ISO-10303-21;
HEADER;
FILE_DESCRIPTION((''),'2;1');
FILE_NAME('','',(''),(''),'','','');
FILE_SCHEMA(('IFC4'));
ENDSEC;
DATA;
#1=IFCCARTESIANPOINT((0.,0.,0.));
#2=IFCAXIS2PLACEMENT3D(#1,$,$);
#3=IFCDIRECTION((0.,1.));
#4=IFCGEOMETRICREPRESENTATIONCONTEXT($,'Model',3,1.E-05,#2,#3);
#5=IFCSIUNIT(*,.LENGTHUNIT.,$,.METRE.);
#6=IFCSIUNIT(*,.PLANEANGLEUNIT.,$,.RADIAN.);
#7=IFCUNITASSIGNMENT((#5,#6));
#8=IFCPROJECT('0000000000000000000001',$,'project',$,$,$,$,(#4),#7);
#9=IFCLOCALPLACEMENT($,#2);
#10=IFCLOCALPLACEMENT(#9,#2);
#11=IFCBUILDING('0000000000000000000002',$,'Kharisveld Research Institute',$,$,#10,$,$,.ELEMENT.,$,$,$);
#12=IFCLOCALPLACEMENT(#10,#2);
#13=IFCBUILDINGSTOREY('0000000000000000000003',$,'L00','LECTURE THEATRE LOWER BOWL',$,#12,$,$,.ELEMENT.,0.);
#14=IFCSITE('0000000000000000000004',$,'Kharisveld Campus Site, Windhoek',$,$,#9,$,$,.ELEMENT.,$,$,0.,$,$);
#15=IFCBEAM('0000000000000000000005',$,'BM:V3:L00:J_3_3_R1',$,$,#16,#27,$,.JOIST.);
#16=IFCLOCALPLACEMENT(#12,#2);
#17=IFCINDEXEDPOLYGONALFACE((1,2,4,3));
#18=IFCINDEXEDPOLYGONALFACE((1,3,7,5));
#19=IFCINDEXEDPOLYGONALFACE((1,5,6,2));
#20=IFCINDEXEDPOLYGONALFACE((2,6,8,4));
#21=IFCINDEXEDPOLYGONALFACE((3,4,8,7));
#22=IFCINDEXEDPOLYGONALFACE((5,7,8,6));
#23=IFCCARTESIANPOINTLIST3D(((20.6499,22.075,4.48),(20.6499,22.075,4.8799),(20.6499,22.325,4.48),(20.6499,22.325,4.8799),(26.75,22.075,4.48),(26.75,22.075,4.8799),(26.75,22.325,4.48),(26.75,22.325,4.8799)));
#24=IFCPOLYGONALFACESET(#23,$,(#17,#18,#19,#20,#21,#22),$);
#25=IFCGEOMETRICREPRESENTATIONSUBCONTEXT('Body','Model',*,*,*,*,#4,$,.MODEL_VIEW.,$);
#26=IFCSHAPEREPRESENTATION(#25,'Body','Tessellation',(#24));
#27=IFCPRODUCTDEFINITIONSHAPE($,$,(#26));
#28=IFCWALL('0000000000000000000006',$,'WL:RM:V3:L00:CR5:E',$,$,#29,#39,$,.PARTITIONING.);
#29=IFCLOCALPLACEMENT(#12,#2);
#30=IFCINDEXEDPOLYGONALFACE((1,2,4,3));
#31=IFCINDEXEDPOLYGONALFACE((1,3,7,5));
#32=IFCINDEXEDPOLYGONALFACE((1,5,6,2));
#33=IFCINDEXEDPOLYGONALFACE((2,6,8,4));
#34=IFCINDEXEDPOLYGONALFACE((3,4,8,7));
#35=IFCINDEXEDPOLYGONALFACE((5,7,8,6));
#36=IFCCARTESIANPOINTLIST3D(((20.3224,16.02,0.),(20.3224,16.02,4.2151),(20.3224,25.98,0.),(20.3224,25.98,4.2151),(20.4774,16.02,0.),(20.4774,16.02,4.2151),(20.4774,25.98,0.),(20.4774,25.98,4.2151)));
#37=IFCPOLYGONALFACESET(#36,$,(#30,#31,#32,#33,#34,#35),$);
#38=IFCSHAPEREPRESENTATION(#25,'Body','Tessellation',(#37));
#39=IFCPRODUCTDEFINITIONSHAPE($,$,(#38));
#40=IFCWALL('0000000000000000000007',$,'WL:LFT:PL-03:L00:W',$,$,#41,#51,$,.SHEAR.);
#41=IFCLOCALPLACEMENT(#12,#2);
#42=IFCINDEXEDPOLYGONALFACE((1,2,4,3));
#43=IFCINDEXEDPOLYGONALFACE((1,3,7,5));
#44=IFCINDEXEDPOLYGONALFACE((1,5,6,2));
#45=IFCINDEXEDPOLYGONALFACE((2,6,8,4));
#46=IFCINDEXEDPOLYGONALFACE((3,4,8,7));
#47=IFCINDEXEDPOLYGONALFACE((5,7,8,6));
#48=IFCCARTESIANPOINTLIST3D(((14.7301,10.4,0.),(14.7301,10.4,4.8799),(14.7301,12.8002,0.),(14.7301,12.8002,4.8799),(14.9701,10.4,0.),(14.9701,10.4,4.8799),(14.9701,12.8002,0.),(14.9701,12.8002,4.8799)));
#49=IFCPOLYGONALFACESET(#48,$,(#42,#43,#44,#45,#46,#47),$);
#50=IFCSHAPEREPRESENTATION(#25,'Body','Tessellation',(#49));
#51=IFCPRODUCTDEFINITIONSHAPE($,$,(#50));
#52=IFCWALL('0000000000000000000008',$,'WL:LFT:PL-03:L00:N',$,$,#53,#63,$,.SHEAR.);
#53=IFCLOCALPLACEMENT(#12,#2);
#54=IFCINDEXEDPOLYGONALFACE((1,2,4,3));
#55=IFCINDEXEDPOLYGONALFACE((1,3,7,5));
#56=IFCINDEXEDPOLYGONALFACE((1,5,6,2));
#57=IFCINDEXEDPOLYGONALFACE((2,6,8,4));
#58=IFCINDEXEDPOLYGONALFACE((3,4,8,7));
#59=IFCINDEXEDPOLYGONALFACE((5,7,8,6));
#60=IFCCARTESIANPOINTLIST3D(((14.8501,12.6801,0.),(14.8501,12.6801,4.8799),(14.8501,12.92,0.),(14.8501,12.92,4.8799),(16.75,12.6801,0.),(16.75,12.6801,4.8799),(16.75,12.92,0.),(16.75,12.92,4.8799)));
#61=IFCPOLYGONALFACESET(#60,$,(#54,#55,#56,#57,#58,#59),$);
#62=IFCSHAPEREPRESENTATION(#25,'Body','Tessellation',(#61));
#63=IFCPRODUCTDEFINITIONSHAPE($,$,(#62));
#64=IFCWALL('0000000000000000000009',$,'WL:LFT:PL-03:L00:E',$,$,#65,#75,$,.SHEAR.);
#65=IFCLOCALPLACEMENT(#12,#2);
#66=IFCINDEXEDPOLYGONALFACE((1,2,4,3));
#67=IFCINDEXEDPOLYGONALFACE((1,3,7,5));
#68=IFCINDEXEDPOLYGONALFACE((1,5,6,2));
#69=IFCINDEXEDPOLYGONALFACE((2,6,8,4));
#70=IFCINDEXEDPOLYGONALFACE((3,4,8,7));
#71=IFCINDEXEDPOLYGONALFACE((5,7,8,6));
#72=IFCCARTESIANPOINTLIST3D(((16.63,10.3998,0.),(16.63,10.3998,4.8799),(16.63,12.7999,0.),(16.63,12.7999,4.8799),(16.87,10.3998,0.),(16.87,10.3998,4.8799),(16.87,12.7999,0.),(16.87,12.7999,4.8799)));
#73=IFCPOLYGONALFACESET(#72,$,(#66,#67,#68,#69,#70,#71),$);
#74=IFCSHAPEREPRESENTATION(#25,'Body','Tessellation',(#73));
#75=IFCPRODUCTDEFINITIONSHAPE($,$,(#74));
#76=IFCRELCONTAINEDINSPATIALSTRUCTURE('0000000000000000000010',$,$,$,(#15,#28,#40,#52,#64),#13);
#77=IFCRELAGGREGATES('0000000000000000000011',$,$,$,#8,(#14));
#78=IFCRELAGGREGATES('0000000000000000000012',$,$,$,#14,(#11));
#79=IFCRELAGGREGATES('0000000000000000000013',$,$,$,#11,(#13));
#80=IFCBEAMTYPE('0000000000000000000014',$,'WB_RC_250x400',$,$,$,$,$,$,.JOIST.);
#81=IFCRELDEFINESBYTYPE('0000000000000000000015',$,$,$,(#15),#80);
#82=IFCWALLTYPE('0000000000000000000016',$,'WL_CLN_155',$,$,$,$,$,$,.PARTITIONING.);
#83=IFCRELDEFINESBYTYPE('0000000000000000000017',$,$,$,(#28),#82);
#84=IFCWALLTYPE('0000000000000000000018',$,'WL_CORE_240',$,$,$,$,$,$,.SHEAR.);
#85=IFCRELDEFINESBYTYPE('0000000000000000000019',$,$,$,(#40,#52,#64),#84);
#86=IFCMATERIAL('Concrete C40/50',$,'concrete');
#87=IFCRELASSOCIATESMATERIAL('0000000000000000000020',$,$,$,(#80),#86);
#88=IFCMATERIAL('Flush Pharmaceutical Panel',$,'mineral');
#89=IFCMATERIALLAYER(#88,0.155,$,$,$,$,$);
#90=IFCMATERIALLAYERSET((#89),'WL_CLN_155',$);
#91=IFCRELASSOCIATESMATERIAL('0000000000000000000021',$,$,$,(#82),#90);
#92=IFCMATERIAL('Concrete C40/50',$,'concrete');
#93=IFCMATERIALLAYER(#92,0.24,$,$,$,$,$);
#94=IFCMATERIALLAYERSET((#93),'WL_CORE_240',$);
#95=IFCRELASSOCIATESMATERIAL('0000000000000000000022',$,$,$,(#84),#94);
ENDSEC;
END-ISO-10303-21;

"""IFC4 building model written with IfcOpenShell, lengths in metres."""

from ifc_helpers import new_model, si_unit, direction, frame, frame_2d, origin, origin_2d, place, context, subcontext, project, spatial, rectangle, extrude, material, layer, layer_set, material_profile, profile_set, type_object, element, save


model = new_model("IFC4")

# Units and contexts
model_context = context("Model", 3, precision=1e-05, world=origin(), true_north=direction((0.0, 1.0)))
body_context = subcontext(model_context, "Body", "Model", "MODEL_VIEW")
ifc_project = project(units=[si_unit("LENGTHUNIT", "METRE"), si_unit("PLANEANGLEUNIT", "RADIAN")], contexts=[model_context])

# Site, building, storey
site_placement = place(None, origin())
site = spatial("IfcSite", under=ifc_project, at=site_placement, Name="Kharisveld Campus Site, Windhoek", CompositionType="ELEMENT", RefElevation=0.0)
building_placement = place(site_placement, origin())
building = spatial("IfcBuilding", under=site, at=building_placement, Name="Kharisveld Research Institute", CompositionType="ELEMENT")
storey_placement = place(building_placement, origin())
storey = spatial("IfcBuildingStorey", under=building, at=storey_placement, Name="L00", Description="LECTURE THEATRE LOWER BOWL", CompositionType="ELEMENT", Elevation=0.0)

# Beam
ifc_material_1 = material(Name="Concrete C40/50", Category="concrete")
ifc_material_profile_1 = material_profile(ifc_material_1, rectangle(XDim=0.25, YDim=0.3999, at=origin_2d()))
ifc_profile_set_1 = profile_set([ifc_material_profile_1], Name="Concrete C40/50")
beam_type_1 = type_object("IfcBeamType", Name="WB_RC_250x400", PredefinedType="JOIST", material=ifc_profile_set_1)
for number, where, z_axis, x_axis, name in (
    (1, (20.6499, 22.2, 4.6799), (1.0, 0.0, 0.0), (0.0, 1.0, 0.0), "BM:V3:L00:J_3_3_R1"),
):
    element("IfcBeam", number, at=place(storey_placement, frame(where, z_axis=z_axis, x_axis=x_axis)), inside=storey, type_object=beam_type_1, Name=name, PredefinedType="JOIST", context=body_context, shape_type="SweptSolid", body=[
        extrude(rectangle(XDim=0.25, YDim=0.3999, at=origin_2d()), origin(), (0.0, 0.0, 1.0), 6.1001),
    ])

# Wall
ifc_material_2 = material(Name="Flush Pharmaceutical Panel", Category="mineral")
ifc_layer_1 = layer(ifc_material_2, 0.155)
ifc_layer_set_1 = layer_set([ifc_layer_1], Name="WL_CLN_155")
wall_type_1 = type_object("IfcWallType", Name="WL_CLN_155", PredefinedType="PARTITIONING", material=ifc_layer_set_1)
wall_1_placement = place(storey_placement, frame((20.3999, 16.02, 0.0), z_axis=(0.0, 0.0, 1.0), x_axis=(0.0, 1.0, 0.0)))
element("IfcWall", 2, at=wall_1_placement, inside=storey, type_object=wall_type_1, Name="WL:RM:V3:L00:CR5:E", PredefinedType="PARTITIONING", context=body_context, shape_type="SweptSolid", body=[
    extrude(rectangle(XDim=9.96, YDim=0.155, at=frame_2d((4.98, 0.0))), origin(), (0.0, 0.0, 1.0), 4.2151),
])

# Walls
ifc_material_3 = material(Name="Concrete C40/50", Category="concrete")
ifc_layer_2 = layer(ifc_material_3, 0.24)
ifc_layer_set_2 = layer_set([ifc_layer_2], Name="WL_CORE_240")
wall_type_2 = type_object("IfcWallType", Name="WL_CORE_240", PredefinedType="SHEAR", material=ifc_layer_set_2)
wall_2_placement = place(storey_placement, frame((14.8501, 10.3999, 0.0), z_axis=(0.0, 0.0, 1.0), x_axis=(0.0, 1.0, 0.0)))
element("IfcWall", 3, at=wall_2_placement, inside=storey, type_object=wall_type_2, Name="WL:LFT:PL-03:L00:W", PredefinedType="SHEAR", context=body_context, shape_type="SweptSolid", body=[
    extrude(rectangle(XDim=2.4001, YDim=0.24, at=frame_2d((1.2002, 0.0))), origin(), (0.0, 0.0, 1.0), 4.8799),
])
wall_3_placement = place(storey_placement, frame((14.8501, 12.8, 0.0), z_axis=(0.0, 0.0, 1.0), x_axis=(1.0, 0.0, 0.0)))
element("IfcWall", 4, at=wall_3_placement, inside=storey, type_object=wall_type_2, Name="WL:LFT:PL-03:L00:N", PredefinedType="SHEAR", context=body_context, shape_type="SweptSolid", body=[
    extrude(rectangle(XDim=1.8999, YDim=0.24, at=frame_2d((0.95, 0.0))), origin(), (0.0, 0.0, 1.0), 4.8799),
])
wall_4_placement = place(storey_placement, frame((16.75, 12.8, 0.0), z_axis=(0.0, 0.0, 1.0), x_axis=(0.0, -1.0, 0.0)))
element("IfcWall", 5, at=wall_4_placement, inside=storey, type_object=wall_type_2, Name="WL:LFT:PL-03:L00:E", PredefinedType="SHEAR", context=body_context, shape_type="SweptSolid", body=[
    extrude(rectangle(XDim=2.4001, YDim=0.24, at=frame_2d((1.2002, 0.0))), origin(), (0.0, 0.0, 1.0), 4.8799),
])

save(model, "model.ifc")
